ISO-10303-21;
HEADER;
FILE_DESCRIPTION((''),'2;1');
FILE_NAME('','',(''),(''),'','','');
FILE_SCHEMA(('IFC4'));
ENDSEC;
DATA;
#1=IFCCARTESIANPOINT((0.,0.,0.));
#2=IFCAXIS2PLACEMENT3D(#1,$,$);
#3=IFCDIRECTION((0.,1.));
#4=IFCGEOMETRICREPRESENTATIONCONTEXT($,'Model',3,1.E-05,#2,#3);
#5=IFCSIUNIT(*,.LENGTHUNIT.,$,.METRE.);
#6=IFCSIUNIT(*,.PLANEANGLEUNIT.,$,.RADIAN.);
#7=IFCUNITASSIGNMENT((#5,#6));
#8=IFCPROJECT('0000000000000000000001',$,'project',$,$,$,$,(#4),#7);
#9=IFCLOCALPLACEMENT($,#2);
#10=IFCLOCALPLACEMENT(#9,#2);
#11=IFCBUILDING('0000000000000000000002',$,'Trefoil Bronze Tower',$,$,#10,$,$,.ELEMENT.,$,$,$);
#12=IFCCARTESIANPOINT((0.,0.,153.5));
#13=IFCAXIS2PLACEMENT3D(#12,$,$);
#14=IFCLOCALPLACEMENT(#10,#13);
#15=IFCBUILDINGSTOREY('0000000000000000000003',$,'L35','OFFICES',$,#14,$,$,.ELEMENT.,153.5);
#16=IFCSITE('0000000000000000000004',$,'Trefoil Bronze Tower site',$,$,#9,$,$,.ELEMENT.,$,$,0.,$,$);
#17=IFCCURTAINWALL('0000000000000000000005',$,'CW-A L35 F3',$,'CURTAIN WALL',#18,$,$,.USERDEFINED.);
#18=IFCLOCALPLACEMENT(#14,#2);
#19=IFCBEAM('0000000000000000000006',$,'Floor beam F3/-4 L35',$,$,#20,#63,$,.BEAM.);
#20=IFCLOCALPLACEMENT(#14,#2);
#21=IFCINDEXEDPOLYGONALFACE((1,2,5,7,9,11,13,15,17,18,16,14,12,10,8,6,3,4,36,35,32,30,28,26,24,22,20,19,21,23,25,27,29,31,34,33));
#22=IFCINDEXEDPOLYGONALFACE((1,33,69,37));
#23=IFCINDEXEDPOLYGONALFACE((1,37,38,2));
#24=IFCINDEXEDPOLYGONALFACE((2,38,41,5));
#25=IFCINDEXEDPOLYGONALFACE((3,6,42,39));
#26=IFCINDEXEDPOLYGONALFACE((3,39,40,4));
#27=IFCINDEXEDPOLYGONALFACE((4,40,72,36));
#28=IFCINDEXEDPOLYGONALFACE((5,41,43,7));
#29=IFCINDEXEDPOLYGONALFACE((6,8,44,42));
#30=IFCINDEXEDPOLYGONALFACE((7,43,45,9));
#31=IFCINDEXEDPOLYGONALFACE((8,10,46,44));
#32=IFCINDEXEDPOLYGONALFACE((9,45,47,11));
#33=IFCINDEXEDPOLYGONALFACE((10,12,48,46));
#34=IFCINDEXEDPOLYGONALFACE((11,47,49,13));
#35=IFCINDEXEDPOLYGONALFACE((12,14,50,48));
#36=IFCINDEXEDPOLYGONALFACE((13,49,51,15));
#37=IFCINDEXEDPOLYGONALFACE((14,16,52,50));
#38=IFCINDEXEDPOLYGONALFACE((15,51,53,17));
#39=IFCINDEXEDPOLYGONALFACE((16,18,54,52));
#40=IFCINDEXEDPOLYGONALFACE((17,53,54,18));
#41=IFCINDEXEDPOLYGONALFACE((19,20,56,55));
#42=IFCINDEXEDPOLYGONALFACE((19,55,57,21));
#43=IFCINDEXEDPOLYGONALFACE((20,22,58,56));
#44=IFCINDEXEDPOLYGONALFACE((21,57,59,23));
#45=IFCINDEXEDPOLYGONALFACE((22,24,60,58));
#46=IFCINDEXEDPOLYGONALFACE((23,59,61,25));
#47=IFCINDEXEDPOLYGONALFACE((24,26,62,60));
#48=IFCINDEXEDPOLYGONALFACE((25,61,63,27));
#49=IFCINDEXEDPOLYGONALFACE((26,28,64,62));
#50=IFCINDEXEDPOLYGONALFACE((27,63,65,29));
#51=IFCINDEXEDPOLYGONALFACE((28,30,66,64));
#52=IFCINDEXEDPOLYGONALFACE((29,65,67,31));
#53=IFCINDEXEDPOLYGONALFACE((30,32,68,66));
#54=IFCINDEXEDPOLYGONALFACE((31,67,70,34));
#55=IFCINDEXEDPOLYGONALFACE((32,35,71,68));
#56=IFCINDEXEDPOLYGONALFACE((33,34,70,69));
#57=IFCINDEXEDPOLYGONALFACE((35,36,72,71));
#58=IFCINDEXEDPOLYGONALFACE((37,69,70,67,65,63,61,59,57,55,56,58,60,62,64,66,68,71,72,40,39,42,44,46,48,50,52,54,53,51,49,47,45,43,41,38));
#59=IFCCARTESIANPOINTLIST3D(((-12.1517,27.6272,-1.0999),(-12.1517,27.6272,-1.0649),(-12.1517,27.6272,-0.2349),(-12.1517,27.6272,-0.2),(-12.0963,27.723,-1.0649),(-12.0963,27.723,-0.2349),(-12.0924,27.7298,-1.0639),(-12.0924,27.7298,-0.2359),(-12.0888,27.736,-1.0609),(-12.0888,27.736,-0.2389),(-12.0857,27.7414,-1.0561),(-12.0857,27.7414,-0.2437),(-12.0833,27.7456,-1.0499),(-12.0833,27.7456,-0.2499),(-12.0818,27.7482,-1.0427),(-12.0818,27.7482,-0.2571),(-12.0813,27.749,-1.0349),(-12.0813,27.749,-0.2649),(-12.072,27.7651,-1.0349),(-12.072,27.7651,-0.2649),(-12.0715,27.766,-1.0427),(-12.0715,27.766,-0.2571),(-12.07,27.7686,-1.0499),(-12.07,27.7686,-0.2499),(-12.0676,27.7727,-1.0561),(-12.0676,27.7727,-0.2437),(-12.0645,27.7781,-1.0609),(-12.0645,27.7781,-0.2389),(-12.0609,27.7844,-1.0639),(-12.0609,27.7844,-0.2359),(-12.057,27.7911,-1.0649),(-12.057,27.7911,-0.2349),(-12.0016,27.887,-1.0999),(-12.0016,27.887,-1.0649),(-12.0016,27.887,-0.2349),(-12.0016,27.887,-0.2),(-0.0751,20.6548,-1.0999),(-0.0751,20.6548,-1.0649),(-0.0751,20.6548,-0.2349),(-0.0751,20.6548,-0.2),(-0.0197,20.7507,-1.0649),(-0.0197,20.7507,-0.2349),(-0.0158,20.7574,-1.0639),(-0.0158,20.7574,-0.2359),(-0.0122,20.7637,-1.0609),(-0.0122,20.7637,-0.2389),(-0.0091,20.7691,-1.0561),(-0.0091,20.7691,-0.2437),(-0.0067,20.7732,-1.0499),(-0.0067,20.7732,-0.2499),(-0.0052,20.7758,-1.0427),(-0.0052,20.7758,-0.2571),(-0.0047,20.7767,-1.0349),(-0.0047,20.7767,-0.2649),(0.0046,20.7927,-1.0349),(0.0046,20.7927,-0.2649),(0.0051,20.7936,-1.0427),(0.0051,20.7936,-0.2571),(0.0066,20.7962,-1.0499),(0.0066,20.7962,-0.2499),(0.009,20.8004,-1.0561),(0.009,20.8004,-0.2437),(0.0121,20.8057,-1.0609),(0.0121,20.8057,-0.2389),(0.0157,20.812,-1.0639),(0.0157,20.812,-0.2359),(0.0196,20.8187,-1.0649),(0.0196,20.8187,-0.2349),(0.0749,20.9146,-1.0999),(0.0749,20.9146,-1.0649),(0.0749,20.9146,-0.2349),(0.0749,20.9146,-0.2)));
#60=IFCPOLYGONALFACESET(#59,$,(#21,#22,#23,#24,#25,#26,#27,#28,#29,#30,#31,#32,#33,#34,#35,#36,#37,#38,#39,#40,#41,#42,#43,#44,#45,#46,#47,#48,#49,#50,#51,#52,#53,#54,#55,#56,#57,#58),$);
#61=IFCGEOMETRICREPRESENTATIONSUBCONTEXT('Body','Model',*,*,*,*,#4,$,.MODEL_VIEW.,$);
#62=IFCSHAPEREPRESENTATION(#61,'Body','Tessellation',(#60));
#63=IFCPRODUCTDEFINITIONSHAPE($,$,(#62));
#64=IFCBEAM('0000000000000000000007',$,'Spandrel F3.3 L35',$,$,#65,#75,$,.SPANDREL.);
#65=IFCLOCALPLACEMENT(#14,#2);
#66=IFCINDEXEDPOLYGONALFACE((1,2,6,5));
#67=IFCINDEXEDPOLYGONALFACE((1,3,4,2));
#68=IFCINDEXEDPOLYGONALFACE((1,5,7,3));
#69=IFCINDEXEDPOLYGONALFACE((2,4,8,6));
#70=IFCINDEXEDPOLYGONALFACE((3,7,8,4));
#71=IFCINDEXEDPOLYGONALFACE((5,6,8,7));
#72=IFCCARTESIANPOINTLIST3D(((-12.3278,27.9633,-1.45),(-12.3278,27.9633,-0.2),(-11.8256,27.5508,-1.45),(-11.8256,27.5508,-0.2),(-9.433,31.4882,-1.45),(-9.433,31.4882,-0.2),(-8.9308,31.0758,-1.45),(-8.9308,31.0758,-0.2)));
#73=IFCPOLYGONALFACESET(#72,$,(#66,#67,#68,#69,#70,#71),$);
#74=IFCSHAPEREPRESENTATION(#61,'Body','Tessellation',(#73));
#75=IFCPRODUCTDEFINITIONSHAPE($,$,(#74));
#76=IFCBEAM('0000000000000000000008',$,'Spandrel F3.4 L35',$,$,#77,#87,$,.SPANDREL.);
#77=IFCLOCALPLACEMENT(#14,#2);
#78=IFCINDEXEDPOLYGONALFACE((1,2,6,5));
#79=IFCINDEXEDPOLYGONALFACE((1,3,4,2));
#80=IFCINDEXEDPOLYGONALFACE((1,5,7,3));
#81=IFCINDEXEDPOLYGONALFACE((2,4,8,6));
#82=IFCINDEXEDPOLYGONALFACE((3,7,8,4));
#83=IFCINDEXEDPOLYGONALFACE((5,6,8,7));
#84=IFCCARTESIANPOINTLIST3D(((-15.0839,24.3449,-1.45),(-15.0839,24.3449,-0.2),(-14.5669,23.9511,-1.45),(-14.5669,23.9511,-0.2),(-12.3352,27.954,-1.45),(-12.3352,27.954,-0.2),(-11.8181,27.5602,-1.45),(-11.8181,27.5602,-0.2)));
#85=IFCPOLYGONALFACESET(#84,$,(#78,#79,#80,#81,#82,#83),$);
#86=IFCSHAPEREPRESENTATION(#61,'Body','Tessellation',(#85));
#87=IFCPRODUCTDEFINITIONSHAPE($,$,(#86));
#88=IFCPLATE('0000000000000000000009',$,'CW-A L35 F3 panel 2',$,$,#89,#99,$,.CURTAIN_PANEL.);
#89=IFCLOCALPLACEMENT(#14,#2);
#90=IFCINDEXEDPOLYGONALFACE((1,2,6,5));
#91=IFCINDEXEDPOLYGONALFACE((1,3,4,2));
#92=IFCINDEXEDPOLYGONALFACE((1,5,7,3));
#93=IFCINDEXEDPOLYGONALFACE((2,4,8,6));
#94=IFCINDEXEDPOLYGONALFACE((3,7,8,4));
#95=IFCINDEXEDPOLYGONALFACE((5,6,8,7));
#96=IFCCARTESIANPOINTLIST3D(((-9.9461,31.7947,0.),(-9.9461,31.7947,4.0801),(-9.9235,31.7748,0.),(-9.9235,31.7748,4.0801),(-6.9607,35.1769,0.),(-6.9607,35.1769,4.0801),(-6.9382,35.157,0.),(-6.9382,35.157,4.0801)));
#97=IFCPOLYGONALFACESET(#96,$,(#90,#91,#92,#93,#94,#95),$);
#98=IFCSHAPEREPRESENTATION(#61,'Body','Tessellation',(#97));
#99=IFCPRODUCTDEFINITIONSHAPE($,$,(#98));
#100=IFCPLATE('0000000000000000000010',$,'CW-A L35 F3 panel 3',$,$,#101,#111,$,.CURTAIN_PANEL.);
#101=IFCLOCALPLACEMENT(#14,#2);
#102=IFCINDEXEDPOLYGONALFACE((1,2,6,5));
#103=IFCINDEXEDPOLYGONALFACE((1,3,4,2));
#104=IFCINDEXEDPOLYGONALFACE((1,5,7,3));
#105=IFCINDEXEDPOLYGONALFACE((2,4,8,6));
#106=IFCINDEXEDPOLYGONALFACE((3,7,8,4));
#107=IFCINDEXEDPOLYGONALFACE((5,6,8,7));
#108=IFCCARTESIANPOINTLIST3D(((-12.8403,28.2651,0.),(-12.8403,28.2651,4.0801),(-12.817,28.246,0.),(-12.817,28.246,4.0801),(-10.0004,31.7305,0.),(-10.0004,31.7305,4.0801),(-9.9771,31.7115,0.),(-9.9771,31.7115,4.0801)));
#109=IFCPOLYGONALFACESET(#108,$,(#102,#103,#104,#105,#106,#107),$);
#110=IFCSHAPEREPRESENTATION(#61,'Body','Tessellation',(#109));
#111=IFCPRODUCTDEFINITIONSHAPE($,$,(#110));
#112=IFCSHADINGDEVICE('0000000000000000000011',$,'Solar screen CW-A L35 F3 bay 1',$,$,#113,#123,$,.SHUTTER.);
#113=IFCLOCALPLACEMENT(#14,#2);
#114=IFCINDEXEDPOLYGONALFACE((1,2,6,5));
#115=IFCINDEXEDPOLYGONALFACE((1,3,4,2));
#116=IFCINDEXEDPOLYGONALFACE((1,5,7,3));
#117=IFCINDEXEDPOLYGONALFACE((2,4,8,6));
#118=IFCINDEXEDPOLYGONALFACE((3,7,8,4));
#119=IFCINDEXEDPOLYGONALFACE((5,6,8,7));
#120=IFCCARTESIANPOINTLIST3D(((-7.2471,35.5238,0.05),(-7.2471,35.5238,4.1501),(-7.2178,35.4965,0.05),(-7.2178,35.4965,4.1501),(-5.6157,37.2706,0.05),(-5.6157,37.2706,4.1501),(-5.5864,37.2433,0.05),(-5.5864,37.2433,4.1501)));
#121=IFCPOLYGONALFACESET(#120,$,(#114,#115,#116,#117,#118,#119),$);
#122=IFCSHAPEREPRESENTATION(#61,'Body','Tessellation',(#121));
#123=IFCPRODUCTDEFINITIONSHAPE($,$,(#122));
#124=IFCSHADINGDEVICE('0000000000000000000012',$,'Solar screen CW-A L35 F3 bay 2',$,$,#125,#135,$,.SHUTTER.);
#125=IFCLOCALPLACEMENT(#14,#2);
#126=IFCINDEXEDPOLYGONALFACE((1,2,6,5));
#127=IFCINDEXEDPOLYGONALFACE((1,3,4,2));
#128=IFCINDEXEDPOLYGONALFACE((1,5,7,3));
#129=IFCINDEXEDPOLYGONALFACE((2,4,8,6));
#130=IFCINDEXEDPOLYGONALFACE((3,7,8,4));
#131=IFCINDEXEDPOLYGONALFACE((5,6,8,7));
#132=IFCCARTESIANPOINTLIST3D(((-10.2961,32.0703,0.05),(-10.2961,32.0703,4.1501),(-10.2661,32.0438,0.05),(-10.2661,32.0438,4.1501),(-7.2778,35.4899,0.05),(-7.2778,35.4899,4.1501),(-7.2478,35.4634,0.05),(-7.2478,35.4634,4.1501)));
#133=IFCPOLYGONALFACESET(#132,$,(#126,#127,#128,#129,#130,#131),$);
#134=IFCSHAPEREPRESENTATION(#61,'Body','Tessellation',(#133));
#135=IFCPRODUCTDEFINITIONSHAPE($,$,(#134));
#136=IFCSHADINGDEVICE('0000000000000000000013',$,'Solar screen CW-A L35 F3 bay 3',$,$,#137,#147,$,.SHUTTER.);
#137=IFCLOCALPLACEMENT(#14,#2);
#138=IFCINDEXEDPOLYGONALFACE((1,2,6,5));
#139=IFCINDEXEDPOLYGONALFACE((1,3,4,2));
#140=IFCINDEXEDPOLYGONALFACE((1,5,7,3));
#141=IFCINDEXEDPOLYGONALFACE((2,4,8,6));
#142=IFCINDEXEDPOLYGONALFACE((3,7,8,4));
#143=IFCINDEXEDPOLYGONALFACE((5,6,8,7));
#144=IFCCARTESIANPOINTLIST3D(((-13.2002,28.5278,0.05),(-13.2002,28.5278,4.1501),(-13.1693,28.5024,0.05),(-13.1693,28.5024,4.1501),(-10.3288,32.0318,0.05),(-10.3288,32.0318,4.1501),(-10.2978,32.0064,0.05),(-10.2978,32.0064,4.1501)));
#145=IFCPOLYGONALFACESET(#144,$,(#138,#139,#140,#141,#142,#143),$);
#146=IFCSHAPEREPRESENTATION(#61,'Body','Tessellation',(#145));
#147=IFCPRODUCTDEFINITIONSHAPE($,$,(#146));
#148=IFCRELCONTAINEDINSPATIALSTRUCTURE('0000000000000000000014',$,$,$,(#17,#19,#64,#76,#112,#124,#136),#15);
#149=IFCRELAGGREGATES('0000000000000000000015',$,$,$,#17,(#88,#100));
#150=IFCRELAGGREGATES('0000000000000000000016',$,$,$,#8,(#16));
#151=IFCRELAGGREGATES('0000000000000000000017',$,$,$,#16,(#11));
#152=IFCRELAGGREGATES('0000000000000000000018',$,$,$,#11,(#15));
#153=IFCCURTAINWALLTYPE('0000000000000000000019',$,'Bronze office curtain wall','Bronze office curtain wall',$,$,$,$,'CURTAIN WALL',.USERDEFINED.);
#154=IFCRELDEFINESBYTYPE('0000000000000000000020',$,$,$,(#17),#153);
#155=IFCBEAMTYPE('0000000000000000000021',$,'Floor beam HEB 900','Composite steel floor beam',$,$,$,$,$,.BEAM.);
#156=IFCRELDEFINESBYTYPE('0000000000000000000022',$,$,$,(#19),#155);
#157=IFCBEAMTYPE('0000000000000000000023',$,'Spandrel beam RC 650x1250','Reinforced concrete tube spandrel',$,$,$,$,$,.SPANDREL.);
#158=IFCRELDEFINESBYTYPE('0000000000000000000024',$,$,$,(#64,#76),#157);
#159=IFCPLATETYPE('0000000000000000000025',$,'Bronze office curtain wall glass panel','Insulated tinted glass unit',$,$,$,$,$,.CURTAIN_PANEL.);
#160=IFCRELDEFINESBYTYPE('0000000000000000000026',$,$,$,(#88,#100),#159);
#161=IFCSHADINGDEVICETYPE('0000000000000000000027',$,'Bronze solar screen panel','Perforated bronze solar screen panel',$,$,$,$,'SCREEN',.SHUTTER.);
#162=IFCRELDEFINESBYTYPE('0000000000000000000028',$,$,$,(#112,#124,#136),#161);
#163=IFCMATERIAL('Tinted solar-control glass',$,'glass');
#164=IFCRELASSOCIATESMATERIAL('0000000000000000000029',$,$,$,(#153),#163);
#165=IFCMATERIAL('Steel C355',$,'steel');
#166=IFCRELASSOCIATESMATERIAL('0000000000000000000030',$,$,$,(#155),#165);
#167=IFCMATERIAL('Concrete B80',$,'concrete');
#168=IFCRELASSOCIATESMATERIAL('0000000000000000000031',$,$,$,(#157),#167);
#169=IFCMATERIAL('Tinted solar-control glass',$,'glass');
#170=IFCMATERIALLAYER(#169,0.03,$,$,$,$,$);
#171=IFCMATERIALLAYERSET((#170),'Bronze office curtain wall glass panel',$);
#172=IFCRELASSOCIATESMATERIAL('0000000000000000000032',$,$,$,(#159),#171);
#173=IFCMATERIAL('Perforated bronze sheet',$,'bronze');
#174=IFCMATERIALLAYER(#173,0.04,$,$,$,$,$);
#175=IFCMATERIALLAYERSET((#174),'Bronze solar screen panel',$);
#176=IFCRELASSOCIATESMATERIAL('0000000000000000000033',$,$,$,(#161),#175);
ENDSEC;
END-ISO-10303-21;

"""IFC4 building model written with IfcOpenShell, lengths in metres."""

from ifc_helpers import new_model, si_unit, direction, frame, origin, origin_2d, place, context, subcontext, project, spatial, rectangle, i_section, extrude, material, layer, layer_set, material_profile, profile_set, type_object, element, aggregate, save


model = new_model("IFC4")

# Units and contexts
model_context = context("Model", 3, precision=1e-05, world=origin(), true_north=direction((0.0, 1.0)))
body_context = subcontext(model_context, "Body", "Model", "MODEL_VIEW")
ifc_project = project(units=[si_unit("LENGTHUNIT", "METRE"), si_unit("PLANEANGLEUNIT", "RADIAN")], contexts=[model_context])

# Site, building, storey
site_placement = place(None, origin())
site = spatial("IfcSite", under=ifc_project, at=site_placement, Name="Trefoil Bronze Tower site", CompositionType="ELEMENT", RefElevation=0.0)
building_placement = place(site_placement, origin())
building = spatial("IfcBuilding", under=site, at=building_placement, Name="Trefoil Bronze Tower", CompositionType="ELEMENT")
storey_placement = place(building_placement, frame((0.0, 0.0, 153.5)))
storey = spatial("IfcBuildingStorey", under=building, at=storey_placement, Name="L35", Description="OFFICES", CompositionType="ELEMENT", Elevation=153.5)

# Curtain wall
ifc_material_1 = material(Name="Tinted solar-control glass", Category="glass")
curtain_wall_type = type_object("IfcCurtainWallType", Name="Bronze office curtain wall", Description="Bronze office curtain wall", ElementType="CURTAIN WALL", PredefinedType="USERDEFINED", material=ifc_material_1)
curtain_wall_placement = place(storey_placement, origin())
curtain_wall = element("IfcCurtainWall", 1, at=curtain_wall_placement, inside=storey, type_object=curtain_wall_type, Name="CW-A L35 F3", ObjectType="CURTAIN WALL", PredefinedType="USERDEFINED")

# Beams
ifc_material_2 = material(Name="Steel C355", Category="steel")
ifc_material_profile_1 = material_profile(ifc_material_2, i_section(OverallWidth=0.3, OverallDepth=0.8999, WebThickness=0.0186, FlangeThickness=0.0349, FilletRadius=0.03, at=origin_2d()), Name="HEB 900")
ifc_profile_set_1 = profile_set([ifc_material_profile_1], Name="Steel C355")
beam_type_1 = type_object("IfcBeamType", Name="Floor beam HEB 900", Description="Composite steel floor beam", PredefinedType="BEAM", material=ifc_profile_set_1)
beam_1_placement = place(storey_placement, frame((-12.0767, 27.7571, -0.6499), z_axis=(0.866027, -0.499997, 0.0), x_axis=(0.499997, 0.866027, 0.0)))
element("IfcBeam", 2, at=beam_1_placement, inside=storey, type_object=beam_type_1, Name="Floor beam F3/-4 L35", PredefinedType="BEAM", context=body_context, shape_type="SweptSolid", body=[
    extrude(i_section(OverallWidth=0.3, OverallDepth=0.8999, WebThickness=0.0186, FlangeThickness=0.0349, FilletRadius=0.03, at=origin_2d()), origin(), (0.0, 0.0, 1.0), 13.9448),
])
ifc_material_3 = material(Name="Concrete B80", Category="concrete")
ifc_material_profile_2 = material_profile(ifc_material_3, rectangle(XDim=0.6499, YDim=1.25, at=origin_2d()), Name="RC 650x1250")
ifc_profile_set_2 = profile_set([ifc_material_profile_2], Name="Concrete B80")
beam_type_2 = type_object("IfcBeamType", Name="Spandrel beam RC 650x1250", Description="Reinforced concrete tube spandrel", PredefinedType="SPANDREL", material=ifc_profile_set_2)
beam_2_placement = place(storey_placement, frame((-9.1819, 31.282, -0.825), z_axis=(-0.63465, -0.772799, 0.0), x_axis=(0.772799, -0.63465, 0.0)))
element("IfcBeam", 3, at=beam_2_placement, inside=storey, type_object=beam_type_2, Name="Spandrel F3.3 L35", PredefinedType="SPANDREL", context=body_context, shape_type="SweptSolid", body=[
    extrude(rectangle(XDim=0.6499, YDim=1.25, at=origin_2d()), origin(), (0.0, 0.0, 1.0), 4.5613),
])
beam_3_placement = place(storey_placement, frame((-12.0767, 27.7571, -0.825), z_axis=(-0.605899, -0.795542, 0.0), x_axis=(0.795542, -0.605899, 0.0)))
element("IfcBeam", 4, at=beam_3_placement, inside=storey, type_object=beam_type_2, Name="Spandrel F3.4 L35", PredefinedType="SPANDREL", context=body_context, shape_type="SweptSolid", body=[
    extrude(rectangle(XDim=0.6499, YDim=1.25, at=origin_2d()), origin(), (0.0, 0.0, 1.0), 4.5366),
])

# Plates
ifc_material_4 = material(Name="Tinted solar-control glass", Category="glass")
ifc_layer_1 = layer(ifc_material_4, 0.03)
ifc_layer_set_1 = layer_set([ifc_layer_1], Name="Bronze office curtain wall glass panel")
plate_type = type_object("IfcPlateType", Name="Bronze office curtain wall glass panel", Description="Insulated tinted glass unit", PredefinedType="CURTAIN_PANEL", material=ifc_layer_set_1)
plate_1_placement = place(storey_placement, frame((-8.4421, 33.4758, 0.0), z_axis=(0.0, 0.0, 1.0), x_axis=(-0.661751, -0.749723, 0.0)))
plate_1 = element("IfcPlate", 5, at=plate_1_placement, type_object=plate_type, Name="CW-A L35 F3 panel 2", PredefinedType="CURTAIN_PANEL", context=body_context, shape_type="SweptSolid", body=[
    extrude(rectangle(XDim=4.5112, YDim=0.03, at=origin_2d()), origin(), (0.0, 0.0, 1.0), 4.0801),
])
plate_2_placement = place(storey_placement, frame((-11.4087, 29.9883, 0.0), z_axis=(0.0, 0.0, 1.0), x_axis=(-0.63384, -0.773464, 0.0)))
plate_2 = element("IfcPlate", 6, at=plate_2_placement, type_object=plate_type, Name="CW-A L35 F3 panel 3", PredefinedType="CURTAIN_PANEL", context=body_context, shape_type="SweptSolid", body=[
    extrude(rectangle(XDim=4.4805, YDim=0.03, at=origin_2d()), origin(), (0.0, 0.0, 1.0), 4.0801),
])
aggregate(curtain_wall, [plate_1, plate_2])

# Shading devices
ifc_material_5 = material(Name="Perforated bronze sheet", Category="bronze")
ifc_layer_2 = layer(ifc_material_5, 0.04)
ifc_layer_set_2 = layer_set([ifc_layer_2], Name="Bronze solar screen panel")
shading_device_type = type_object("IfcShadingDeviceType", Name="Bronze solar screen panel", Description="Perforated bronze solar screen panel", ElementType="SCREEN", PredefinedType="SHUTTER", material=ifc_layer_set_2)
shading_device_1_placement = place(storey_placement, frame((-6.4167, 36.3835, 0.05), z_axis=(0.0, 0.0, 1.0), x_axis=(-0.682536, -0.730852, 0.0)))
element("IfcShadingDevice", 7, at=shading_device_1_placement, inside=storey, type_object=shading_device_type, Name="Solar screen CW-A L35 F3 bay 1", PredefinedType="SHUTTER", context=body_context, shape_type="SweptSolid", body=[
    extrude(rectangle(XDim=2.3901, YDim=0.04, at=origin_2d()), origin(), (0.0, 0.0, 1.0), 4.1001),
])
shading_device_2_placement = place(storey_placement, frame((-8.772, 33.7668, 0.05), z_axis=(0.0, 0.0, 1.0), x_axis=(-0.661751, -0.749723, 0.0)))
element("IfcShadingDevice", 8, at=shading_device_2_placement, inside=storey, type_object=shading_device_type, Name="Solar screen CW-A L35 F3 bay 2", PredefinedType="SHUTTER", context=body_context, shape_type="SweptSolid", body=[
    extrude(rectangle(XDim=4.561, YDim=0.04, at=origin_2d()), origin(), (0.0, 0.0, 1.0), 4.1001),
])
shading_device_3_placement = place(storey_placement, frame((-11.749, 30.2671, 0.05), z_axis=(0.0, 0.0, 1.0), x_axis=(-0.63384, -0.773464, 0.0)))
element("IfcShadingDevice", 9, at=shading_device_3_placement, inside=storey, type_object=shading_device_type, Name="Solar screen CW-A L35 F3 bay 3", PredefinedType="SHUTTER", context=body_context, shape_type="SweptSolid", body=[
    extrude(rectangle(XDim=4.5303, YDim=0.04, at=origin_2d()), origin(), (0.0, 0.0, 1.0), 4.1001),
])

save(model, "model.ifc")
